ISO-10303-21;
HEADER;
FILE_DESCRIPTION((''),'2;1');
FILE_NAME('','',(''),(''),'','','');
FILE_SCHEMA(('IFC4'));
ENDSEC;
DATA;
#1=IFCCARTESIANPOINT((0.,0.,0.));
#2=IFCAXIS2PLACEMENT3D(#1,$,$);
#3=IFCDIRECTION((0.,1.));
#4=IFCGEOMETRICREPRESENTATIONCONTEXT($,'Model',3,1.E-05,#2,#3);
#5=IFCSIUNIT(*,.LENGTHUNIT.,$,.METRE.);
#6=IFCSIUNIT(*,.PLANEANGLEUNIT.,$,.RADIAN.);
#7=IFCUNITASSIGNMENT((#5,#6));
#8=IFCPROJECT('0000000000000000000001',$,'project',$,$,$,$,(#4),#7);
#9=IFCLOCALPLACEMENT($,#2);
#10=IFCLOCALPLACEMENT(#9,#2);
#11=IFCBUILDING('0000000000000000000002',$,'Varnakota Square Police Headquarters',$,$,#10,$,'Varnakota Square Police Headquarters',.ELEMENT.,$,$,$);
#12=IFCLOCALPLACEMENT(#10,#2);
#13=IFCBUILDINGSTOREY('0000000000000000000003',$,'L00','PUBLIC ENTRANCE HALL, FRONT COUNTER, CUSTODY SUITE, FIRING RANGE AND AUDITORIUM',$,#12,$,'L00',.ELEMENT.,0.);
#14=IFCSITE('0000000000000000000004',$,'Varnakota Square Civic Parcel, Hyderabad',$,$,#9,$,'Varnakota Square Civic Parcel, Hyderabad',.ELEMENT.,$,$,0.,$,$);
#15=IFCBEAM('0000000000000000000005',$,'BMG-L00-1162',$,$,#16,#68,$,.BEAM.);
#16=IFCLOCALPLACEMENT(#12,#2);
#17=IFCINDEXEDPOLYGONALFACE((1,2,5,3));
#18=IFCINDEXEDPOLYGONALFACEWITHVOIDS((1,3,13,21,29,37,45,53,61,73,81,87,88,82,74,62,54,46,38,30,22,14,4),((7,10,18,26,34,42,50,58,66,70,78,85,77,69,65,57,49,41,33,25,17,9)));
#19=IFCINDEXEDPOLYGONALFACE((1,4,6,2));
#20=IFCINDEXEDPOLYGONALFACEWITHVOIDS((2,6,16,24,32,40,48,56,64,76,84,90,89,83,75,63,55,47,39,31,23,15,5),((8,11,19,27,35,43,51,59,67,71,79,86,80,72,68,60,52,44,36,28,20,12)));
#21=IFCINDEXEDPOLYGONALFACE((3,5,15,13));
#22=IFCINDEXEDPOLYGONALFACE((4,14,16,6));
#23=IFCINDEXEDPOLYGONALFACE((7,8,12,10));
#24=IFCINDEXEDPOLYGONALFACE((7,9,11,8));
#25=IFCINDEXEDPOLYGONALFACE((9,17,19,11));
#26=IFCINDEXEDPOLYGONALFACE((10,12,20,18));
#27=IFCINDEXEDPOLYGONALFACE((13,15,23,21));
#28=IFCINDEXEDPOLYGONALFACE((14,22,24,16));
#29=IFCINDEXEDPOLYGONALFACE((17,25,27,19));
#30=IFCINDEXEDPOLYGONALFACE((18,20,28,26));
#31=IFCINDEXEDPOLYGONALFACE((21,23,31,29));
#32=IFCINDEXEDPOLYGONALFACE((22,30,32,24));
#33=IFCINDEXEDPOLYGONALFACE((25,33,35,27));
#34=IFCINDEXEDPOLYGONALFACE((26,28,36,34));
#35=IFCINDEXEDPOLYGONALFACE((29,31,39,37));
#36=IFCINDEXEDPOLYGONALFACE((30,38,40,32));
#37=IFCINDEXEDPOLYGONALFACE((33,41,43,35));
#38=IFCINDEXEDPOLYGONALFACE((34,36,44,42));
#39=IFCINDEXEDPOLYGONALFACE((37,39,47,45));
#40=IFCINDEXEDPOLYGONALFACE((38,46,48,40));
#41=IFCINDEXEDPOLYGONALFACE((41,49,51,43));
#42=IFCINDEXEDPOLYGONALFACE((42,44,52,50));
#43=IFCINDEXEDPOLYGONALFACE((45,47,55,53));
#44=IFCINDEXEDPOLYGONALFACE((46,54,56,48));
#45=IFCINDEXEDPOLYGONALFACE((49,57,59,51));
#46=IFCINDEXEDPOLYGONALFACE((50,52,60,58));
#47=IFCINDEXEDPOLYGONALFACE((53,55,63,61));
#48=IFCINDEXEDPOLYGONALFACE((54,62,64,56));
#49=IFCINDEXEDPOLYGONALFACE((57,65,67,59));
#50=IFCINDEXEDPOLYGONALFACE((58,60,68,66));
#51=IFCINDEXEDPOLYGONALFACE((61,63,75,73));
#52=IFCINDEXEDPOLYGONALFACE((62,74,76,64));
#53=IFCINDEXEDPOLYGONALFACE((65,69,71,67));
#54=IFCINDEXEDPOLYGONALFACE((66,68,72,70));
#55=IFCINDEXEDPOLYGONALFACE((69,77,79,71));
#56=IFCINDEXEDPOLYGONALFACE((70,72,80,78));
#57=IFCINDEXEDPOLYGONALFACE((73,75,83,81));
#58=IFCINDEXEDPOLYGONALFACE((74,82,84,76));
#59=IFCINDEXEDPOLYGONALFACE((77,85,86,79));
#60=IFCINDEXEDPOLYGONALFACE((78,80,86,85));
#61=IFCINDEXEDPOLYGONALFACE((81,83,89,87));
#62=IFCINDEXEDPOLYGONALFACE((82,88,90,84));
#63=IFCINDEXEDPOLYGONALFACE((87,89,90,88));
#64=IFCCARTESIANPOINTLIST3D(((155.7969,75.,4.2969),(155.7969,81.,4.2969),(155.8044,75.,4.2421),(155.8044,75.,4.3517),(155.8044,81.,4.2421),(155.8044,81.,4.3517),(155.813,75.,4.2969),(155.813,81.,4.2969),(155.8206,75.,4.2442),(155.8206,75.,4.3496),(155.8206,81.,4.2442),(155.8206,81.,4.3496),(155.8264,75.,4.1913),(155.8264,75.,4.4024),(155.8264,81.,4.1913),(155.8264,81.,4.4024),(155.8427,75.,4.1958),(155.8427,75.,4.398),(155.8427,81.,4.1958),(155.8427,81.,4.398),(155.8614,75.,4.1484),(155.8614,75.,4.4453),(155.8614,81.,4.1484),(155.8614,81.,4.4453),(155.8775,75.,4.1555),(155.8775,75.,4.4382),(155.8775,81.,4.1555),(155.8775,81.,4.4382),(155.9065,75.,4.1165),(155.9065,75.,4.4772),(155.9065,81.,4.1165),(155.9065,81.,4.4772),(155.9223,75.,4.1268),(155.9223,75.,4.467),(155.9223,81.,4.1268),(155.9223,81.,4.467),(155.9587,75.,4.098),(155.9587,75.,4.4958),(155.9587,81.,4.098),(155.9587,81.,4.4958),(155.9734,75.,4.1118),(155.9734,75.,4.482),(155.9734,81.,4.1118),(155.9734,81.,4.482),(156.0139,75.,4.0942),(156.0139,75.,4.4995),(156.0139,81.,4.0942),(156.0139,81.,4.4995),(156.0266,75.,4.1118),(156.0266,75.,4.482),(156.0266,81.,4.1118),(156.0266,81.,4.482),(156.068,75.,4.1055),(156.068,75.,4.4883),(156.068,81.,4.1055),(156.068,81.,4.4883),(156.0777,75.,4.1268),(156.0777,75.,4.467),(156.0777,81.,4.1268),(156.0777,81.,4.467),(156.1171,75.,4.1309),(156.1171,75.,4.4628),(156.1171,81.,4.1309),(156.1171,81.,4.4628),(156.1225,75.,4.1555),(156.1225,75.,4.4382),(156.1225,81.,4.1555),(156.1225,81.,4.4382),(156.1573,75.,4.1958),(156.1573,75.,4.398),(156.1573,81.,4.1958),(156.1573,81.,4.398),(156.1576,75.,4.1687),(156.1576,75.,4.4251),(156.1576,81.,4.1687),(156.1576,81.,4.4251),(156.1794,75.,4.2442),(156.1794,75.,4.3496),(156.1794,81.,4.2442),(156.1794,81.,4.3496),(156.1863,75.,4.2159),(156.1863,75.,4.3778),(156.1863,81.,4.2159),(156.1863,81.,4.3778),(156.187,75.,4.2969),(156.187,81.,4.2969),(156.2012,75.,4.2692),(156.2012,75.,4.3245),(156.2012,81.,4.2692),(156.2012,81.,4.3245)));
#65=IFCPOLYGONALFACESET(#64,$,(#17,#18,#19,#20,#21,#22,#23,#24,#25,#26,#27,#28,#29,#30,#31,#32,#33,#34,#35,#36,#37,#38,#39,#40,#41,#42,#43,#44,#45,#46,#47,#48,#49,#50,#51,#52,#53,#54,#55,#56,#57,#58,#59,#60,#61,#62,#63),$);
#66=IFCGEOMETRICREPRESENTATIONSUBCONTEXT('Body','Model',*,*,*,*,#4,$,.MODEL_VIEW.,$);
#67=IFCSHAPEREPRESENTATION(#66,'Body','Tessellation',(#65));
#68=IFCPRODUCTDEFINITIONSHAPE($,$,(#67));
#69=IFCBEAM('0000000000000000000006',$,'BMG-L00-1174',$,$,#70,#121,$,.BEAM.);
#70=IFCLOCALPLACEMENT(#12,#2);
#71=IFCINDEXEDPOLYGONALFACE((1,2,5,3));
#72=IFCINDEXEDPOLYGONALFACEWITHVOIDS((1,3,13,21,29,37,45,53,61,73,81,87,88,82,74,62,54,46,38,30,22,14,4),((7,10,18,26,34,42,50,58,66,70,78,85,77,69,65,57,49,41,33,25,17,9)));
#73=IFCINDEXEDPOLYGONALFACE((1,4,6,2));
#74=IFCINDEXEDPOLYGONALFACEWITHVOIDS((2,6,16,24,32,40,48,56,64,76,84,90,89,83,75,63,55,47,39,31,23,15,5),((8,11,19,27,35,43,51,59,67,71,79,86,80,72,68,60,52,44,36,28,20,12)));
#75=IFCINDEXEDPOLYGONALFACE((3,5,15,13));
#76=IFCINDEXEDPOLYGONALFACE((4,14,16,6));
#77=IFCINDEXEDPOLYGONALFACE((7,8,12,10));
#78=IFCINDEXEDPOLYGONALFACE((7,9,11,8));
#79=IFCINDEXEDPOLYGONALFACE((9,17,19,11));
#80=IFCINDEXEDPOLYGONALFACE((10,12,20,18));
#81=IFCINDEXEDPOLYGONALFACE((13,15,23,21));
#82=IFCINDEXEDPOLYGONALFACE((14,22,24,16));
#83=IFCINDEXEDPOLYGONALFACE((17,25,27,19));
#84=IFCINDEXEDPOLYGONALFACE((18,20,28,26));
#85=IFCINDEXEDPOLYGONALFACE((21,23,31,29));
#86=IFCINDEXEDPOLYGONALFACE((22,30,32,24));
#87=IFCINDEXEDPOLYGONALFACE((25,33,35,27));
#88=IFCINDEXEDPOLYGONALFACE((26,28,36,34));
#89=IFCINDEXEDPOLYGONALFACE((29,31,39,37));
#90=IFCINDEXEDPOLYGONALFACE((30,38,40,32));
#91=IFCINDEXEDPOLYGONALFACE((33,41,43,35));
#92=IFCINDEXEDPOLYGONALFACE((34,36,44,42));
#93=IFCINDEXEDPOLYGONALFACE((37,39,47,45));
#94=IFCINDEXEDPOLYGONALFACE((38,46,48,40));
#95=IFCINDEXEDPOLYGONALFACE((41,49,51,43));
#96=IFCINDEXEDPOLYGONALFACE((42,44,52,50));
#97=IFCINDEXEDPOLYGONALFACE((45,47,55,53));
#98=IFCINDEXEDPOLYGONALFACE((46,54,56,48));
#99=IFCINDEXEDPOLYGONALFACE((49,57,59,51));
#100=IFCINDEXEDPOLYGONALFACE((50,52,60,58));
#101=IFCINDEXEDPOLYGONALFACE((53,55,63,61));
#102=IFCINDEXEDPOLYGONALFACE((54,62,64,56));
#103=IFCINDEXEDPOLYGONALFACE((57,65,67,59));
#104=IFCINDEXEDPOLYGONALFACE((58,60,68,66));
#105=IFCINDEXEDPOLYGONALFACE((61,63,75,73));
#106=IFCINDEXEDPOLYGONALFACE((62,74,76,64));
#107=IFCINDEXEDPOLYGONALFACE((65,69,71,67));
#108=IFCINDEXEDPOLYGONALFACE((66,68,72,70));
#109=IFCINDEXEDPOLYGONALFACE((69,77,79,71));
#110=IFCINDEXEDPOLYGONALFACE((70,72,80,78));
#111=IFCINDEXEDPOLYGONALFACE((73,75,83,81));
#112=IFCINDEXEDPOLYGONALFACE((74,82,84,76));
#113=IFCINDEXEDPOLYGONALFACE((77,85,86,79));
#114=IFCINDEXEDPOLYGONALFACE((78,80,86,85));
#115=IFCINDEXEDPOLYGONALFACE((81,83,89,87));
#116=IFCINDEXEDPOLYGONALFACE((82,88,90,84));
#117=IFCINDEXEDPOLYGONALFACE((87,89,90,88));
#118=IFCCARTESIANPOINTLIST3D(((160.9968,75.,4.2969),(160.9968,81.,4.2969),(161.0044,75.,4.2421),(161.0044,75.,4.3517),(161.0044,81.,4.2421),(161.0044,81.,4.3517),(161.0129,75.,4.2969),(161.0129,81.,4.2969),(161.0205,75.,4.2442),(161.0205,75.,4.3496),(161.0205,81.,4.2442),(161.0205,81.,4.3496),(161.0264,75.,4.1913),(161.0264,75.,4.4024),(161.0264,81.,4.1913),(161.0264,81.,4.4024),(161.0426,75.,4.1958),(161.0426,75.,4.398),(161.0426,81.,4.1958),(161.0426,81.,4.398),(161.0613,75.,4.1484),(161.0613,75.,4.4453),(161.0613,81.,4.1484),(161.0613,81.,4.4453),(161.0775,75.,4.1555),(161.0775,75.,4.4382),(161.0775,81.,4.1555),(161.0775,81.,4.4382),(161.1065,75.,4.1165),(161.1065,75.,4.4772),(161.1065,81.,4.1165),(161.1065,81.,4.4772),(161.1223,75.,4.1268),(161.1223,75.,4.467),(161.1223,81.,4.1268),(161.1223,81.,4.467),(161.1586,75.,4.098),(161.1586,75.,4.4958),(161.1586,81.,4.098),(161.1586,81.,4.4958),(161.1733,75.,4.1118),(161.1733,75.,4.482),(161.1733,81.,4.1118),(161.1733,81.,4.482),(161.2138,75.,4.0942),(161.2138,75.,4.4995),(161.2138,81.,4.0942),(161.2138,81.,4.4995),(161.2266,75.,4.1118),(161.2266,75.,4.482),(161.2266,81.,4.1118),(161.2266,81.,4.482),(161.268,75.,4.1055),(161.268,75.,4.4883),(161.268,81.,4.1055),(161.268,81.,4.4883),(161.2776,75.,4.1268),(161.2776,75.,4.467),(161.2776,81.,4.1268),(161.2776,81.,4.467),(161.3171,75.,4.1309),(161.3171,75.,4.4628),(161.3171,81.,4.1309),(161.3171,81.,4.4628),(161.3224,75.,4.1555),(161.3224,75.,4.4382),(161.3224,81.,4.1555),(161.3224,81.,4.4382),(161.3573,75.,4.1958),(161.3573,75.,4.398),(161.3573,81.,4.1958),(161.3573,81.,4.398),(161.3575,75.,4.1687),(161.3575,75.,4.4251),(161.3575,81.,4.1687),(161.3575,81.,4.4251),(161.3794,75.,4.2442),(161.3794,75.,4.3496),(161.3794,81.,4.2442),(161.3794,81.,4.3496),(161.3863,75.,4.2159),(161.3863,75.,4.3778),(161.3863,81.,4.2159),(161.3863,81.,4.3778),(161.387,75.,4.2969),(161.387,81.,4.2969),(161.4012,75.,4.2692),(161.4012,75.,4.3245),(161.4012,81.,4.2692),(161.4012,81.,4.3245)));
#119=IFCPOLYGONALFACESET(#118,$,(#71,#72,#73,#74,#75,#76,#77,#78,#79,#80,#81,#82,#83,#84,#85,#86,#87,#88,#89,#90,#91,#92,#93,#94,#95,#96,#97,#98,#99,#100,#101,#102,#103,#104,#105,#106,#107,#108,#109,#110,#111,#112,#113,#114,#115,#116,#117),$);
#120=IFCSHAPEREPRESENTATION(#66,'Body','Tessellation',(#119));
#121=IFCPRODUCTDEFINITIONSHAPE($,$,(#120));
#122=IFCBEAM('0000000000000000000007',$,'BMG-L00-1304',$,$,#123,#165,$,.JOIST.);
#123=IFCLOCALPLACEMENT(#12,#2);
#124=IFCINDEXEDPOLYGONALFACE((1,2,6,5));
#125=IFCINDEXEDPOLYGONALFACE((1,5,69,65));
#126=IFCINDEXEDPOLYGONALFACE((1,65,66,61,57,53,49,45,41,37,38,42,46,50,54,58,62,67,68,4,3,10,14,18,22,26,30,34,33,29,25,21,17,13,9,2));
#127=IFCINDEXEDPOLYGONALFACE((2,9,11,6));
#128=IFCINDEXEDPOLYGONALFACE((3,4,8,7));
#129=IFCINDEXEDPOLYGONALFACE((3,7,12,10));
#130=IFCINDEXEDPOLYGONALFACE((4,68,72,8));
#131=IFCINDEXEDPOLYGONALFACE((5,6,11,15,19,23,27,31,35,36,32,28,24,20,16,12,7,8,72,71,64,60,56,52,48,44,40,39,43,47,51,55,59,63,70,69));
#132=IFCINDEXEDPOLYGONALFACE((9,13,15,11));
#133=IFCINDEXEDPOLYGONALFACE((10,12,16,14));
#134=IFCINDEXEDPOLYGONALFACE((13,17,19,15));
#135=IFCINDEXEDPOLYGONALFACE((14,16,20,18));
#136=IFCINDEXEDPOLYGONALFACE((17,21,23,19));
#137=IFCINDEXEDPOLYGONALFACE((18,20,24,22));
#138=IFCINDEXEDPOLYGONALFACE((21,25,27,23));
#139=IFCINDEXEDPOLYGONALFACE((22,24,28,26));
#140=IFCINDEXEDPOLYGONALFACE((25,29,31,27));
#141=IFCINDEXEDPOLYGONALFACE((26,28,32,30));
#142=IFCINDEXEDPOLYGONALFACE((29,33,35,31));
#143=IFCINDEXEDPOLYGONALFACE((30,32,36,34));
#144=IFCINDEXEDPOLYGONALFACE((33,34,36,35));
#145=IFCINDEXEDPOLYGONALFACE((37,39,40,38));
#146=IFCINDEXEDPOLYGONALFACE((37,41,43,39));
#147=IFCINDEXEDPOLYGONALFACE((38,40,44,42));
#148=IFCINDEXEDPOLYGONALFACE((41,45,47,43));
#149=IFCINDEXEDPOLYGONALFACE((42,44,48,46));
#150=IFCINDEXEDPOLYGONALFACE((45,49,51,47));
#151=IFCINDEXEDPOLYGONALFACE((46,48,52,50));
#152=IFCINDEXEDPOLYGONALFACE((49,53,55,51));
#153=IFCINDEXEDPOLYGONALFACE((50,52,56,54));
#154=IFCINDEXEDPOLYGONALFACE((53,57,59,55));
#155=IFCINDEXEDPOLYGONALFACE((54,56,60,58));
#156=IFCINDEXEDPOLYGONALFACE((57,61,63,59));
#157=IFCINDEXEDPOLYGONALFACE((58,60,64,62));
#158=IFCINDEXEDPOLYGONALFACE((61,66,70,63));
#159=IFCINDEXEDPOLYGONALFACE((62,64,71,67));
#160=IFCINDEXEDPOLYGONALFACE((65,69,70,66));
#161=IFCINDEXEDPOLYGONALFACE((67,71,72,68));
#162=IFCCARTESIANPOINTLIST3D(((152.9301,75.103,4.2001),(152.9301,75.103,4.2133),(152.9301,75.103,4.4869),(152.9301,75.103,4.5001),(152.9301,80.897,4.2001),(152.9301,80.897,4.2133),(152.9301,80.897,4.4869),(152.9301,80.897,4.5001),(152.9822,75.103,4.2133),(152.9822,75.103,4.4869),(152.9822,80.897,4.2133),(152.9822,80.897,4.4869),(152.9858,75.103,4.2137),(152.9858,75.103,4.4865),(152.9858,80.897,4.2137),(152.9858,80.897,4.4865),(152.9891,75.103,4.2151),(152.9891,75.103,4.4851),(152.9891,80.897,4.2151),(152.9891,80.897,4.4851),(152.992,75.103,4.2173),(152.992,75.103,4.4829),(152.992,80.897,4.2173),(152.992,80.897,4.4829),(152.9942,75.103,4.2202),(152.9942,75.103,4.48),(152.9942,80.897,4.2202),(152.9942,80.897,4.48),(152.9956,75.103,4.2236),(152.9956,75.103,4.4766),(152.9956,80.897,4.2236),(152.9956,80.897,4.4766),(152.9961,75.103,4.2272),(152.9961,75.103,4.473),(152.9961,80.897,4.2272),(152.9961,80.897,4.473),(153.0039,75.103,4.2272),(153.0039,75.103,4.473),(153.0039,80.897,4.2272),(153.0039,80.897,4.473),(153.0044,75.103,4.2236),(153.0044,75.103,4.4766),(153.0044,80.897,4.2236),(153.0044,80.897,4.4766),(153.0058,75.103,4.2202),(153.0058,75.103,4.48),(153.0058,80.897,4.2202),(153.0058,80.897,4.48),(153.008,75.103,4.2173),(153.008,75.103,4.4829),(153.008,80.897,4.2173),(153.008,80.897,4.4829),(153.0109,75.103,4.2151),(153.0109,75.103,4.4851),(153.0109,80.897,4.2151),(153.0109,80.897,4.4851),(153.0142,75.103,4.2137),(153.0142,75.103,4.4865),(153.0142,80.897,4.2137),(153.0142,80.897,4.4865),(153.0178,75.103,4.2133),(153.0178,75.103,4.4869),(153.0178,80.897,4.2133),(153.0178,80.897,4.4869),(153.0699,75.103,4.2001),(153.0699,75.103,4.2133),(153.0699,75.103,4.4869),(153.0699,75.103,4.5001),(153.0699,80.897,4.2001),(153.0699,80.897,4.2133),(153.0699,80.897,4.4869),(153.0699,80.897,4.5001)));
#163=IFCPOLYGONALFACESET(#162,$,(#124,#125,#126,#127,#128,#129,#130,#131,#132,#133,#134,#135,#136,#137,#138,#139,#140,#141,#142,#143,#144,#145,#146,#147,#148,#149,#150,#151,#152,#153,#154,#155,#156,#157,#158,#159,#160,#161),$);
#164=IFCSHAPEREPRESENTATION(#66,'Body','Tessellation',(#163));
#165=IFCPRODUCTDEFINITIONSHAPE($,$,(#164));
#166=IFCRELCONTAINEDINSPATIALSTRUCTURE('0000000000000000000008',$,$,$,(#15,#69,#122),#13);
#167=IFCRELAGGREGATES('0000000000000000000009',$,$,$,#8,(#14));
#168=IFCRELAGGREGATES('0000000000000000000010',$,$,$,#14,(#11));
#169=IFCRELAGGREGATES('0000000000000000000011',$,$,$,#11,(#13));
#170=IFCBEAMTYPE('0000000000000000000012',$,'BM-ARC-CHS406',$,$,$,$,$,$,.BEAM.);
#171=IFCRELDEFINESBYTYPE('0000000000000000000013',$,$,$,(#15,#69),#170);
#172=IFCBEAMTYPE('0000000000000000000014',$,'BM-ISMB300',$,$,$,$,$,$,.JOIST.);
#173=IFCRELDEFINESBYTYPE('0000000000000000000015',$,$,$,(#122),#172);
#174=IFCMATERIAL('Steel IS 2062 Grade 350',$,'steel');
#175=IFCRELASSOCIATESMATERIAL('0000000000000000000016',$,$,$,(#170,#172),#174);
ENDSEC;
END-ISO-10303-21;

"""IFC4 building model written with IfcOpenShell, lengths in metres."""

from ifc_helpers import new_model, si_unit, direction, frame, origin, origin_2d, place, context, subcontext, project, spatial, hollow_circle, i_section, extrude, material, material_profile, profile_set, type_object, element, save


model = new_model("IFC4")

# Units and contexts
model_context = context("Model", 3, precision=1e-05, world=origin(), true_north=direction((0.0, 1.0)))
body_context = subcontext(model_context, "Body", "Model", "MODEL_VIEW")
ifc_project = project(units=[si_unit("LENGTHUNIT", "METRE"), si_unit("PLANEANGLEUNIT", "RADIAN")], contexts=[model_context])

# Site, building, storey
site_placement = place(None, origin())
site = spatial("IfcSite", under=ifc_project, at=site_placement, Name="Varnakota Square Civic Parcel, Hyderabad", LongName="Varnakota Square Civic Parcel, Hyderabad", CompositionType="ELEMENT", RefElevation=0.0)
building_placement = place(site_placement, origin())
building = spatial("IfcBuilding", under=site, at=building_placement, Name="Varnakota Square Police Headquarters", LongName="Varnakota Square Police Headquarters", CompositionType="ELEMENT")
storey_placement = place(building_placement, origin())
storey = spatial("IfcBuildingStorey", under=building, at=storey_placement, Name="L00", Description="PUBLIC ENTRANCE HALL, FRONT COUNTER, CUSTODY SUITE, FIRING RANGE AND AUDITORIUM", LongName="L00", CompositionType="ELEMENT", Elevation=0.0)

# Beams
ifc_material_1 = material(Name="Steel IS 2062 Grade 350", Category="steel")
ifc_material_profile_1 = material_profile(ifc_material_1, hollow_circle(Radius=0.2031, WallThickness=0.0161, at=origin_2d()), Name="CHS 406.4x16.0")
ifc_profile_set_1 = profile_set([ifc_material_profile_1], Name="Steel IS 2062 Grade 350")
beam_type_1 = type_object("IfcBeamType", Name="BM-ARC-CHS406", PredefinedType="BEAM", material=ifc_profile_set_1)
for number, where, z_axis, x_axis, name in (
    (1, (156.0, 75.0, 4.2969), (0.0, 1.0, 0.0), (-1.0, 0.0, 0.0), "BMG-L00-1162"),
    (2, (161.2, 75.0, 4.2969), (0.0, 1.0, 0.0), (-1.0, 0.0, 0.0), "BMG-L00-1174"),
):
    element("IfcBeam", number, at=place(storey_placement, frame(where, z_axis=z_axis, x_axis=x_axis)), inside=storey, type_object=beam_type_1, Name=name, PredefinedType="BEAM", context=body_context, shape_type="SweptSolid", body=[
        extrude(hollow_circle(Radius=0.2031, WallThickness=0.0161, at=origin_2d()), origin(), (0.0, 0.0, 1.0), 6.0),
    ])
ifc_material_profile_2 = material_profile(ifc_material_1, i_section(OverallWidth=0.1399, OverallDepth=0.3, WebThickness=0.0078, FlangeThickness=0.0132, FilletRadius=0.0139, at=origin_2d()), Name="ISMB 300")
ifc_profile_set_2 = profile_set([ifc_material_profile_2], Name="Steel IS 2062 Grade 350")
beam_type_2 = type_object("IfcBeamType", Name="BM-ISMB300", PredefinedType="JOIST", material=ifc_profile_set_2)
beam_1_placement = place(storey_placement, frame((153.0, 75.103, 4.3501), z_axis=(0.0, 1.0, 0.0), x_axis=(-1.0, 0.0, 0.0)))
element("IfcBeam", 3, at=beam_1_placement, inside=storey, type_object=beam_type_2, Name="BMG-L00-1304", PredefinedType="JOIST", context=body_context, shape_type="SweptSolid", body=[
    extrude(i_section(OverallWidth=0.1399, OverallDepth=0.3, WebThickness=0.0078, FlangeThickness=0.0132, FilletRadius=0.0139, at=origin_2d()), origin(), (0.0, 0.0, 1.0), 5.7939),
])

save(model, "model.ifc")
